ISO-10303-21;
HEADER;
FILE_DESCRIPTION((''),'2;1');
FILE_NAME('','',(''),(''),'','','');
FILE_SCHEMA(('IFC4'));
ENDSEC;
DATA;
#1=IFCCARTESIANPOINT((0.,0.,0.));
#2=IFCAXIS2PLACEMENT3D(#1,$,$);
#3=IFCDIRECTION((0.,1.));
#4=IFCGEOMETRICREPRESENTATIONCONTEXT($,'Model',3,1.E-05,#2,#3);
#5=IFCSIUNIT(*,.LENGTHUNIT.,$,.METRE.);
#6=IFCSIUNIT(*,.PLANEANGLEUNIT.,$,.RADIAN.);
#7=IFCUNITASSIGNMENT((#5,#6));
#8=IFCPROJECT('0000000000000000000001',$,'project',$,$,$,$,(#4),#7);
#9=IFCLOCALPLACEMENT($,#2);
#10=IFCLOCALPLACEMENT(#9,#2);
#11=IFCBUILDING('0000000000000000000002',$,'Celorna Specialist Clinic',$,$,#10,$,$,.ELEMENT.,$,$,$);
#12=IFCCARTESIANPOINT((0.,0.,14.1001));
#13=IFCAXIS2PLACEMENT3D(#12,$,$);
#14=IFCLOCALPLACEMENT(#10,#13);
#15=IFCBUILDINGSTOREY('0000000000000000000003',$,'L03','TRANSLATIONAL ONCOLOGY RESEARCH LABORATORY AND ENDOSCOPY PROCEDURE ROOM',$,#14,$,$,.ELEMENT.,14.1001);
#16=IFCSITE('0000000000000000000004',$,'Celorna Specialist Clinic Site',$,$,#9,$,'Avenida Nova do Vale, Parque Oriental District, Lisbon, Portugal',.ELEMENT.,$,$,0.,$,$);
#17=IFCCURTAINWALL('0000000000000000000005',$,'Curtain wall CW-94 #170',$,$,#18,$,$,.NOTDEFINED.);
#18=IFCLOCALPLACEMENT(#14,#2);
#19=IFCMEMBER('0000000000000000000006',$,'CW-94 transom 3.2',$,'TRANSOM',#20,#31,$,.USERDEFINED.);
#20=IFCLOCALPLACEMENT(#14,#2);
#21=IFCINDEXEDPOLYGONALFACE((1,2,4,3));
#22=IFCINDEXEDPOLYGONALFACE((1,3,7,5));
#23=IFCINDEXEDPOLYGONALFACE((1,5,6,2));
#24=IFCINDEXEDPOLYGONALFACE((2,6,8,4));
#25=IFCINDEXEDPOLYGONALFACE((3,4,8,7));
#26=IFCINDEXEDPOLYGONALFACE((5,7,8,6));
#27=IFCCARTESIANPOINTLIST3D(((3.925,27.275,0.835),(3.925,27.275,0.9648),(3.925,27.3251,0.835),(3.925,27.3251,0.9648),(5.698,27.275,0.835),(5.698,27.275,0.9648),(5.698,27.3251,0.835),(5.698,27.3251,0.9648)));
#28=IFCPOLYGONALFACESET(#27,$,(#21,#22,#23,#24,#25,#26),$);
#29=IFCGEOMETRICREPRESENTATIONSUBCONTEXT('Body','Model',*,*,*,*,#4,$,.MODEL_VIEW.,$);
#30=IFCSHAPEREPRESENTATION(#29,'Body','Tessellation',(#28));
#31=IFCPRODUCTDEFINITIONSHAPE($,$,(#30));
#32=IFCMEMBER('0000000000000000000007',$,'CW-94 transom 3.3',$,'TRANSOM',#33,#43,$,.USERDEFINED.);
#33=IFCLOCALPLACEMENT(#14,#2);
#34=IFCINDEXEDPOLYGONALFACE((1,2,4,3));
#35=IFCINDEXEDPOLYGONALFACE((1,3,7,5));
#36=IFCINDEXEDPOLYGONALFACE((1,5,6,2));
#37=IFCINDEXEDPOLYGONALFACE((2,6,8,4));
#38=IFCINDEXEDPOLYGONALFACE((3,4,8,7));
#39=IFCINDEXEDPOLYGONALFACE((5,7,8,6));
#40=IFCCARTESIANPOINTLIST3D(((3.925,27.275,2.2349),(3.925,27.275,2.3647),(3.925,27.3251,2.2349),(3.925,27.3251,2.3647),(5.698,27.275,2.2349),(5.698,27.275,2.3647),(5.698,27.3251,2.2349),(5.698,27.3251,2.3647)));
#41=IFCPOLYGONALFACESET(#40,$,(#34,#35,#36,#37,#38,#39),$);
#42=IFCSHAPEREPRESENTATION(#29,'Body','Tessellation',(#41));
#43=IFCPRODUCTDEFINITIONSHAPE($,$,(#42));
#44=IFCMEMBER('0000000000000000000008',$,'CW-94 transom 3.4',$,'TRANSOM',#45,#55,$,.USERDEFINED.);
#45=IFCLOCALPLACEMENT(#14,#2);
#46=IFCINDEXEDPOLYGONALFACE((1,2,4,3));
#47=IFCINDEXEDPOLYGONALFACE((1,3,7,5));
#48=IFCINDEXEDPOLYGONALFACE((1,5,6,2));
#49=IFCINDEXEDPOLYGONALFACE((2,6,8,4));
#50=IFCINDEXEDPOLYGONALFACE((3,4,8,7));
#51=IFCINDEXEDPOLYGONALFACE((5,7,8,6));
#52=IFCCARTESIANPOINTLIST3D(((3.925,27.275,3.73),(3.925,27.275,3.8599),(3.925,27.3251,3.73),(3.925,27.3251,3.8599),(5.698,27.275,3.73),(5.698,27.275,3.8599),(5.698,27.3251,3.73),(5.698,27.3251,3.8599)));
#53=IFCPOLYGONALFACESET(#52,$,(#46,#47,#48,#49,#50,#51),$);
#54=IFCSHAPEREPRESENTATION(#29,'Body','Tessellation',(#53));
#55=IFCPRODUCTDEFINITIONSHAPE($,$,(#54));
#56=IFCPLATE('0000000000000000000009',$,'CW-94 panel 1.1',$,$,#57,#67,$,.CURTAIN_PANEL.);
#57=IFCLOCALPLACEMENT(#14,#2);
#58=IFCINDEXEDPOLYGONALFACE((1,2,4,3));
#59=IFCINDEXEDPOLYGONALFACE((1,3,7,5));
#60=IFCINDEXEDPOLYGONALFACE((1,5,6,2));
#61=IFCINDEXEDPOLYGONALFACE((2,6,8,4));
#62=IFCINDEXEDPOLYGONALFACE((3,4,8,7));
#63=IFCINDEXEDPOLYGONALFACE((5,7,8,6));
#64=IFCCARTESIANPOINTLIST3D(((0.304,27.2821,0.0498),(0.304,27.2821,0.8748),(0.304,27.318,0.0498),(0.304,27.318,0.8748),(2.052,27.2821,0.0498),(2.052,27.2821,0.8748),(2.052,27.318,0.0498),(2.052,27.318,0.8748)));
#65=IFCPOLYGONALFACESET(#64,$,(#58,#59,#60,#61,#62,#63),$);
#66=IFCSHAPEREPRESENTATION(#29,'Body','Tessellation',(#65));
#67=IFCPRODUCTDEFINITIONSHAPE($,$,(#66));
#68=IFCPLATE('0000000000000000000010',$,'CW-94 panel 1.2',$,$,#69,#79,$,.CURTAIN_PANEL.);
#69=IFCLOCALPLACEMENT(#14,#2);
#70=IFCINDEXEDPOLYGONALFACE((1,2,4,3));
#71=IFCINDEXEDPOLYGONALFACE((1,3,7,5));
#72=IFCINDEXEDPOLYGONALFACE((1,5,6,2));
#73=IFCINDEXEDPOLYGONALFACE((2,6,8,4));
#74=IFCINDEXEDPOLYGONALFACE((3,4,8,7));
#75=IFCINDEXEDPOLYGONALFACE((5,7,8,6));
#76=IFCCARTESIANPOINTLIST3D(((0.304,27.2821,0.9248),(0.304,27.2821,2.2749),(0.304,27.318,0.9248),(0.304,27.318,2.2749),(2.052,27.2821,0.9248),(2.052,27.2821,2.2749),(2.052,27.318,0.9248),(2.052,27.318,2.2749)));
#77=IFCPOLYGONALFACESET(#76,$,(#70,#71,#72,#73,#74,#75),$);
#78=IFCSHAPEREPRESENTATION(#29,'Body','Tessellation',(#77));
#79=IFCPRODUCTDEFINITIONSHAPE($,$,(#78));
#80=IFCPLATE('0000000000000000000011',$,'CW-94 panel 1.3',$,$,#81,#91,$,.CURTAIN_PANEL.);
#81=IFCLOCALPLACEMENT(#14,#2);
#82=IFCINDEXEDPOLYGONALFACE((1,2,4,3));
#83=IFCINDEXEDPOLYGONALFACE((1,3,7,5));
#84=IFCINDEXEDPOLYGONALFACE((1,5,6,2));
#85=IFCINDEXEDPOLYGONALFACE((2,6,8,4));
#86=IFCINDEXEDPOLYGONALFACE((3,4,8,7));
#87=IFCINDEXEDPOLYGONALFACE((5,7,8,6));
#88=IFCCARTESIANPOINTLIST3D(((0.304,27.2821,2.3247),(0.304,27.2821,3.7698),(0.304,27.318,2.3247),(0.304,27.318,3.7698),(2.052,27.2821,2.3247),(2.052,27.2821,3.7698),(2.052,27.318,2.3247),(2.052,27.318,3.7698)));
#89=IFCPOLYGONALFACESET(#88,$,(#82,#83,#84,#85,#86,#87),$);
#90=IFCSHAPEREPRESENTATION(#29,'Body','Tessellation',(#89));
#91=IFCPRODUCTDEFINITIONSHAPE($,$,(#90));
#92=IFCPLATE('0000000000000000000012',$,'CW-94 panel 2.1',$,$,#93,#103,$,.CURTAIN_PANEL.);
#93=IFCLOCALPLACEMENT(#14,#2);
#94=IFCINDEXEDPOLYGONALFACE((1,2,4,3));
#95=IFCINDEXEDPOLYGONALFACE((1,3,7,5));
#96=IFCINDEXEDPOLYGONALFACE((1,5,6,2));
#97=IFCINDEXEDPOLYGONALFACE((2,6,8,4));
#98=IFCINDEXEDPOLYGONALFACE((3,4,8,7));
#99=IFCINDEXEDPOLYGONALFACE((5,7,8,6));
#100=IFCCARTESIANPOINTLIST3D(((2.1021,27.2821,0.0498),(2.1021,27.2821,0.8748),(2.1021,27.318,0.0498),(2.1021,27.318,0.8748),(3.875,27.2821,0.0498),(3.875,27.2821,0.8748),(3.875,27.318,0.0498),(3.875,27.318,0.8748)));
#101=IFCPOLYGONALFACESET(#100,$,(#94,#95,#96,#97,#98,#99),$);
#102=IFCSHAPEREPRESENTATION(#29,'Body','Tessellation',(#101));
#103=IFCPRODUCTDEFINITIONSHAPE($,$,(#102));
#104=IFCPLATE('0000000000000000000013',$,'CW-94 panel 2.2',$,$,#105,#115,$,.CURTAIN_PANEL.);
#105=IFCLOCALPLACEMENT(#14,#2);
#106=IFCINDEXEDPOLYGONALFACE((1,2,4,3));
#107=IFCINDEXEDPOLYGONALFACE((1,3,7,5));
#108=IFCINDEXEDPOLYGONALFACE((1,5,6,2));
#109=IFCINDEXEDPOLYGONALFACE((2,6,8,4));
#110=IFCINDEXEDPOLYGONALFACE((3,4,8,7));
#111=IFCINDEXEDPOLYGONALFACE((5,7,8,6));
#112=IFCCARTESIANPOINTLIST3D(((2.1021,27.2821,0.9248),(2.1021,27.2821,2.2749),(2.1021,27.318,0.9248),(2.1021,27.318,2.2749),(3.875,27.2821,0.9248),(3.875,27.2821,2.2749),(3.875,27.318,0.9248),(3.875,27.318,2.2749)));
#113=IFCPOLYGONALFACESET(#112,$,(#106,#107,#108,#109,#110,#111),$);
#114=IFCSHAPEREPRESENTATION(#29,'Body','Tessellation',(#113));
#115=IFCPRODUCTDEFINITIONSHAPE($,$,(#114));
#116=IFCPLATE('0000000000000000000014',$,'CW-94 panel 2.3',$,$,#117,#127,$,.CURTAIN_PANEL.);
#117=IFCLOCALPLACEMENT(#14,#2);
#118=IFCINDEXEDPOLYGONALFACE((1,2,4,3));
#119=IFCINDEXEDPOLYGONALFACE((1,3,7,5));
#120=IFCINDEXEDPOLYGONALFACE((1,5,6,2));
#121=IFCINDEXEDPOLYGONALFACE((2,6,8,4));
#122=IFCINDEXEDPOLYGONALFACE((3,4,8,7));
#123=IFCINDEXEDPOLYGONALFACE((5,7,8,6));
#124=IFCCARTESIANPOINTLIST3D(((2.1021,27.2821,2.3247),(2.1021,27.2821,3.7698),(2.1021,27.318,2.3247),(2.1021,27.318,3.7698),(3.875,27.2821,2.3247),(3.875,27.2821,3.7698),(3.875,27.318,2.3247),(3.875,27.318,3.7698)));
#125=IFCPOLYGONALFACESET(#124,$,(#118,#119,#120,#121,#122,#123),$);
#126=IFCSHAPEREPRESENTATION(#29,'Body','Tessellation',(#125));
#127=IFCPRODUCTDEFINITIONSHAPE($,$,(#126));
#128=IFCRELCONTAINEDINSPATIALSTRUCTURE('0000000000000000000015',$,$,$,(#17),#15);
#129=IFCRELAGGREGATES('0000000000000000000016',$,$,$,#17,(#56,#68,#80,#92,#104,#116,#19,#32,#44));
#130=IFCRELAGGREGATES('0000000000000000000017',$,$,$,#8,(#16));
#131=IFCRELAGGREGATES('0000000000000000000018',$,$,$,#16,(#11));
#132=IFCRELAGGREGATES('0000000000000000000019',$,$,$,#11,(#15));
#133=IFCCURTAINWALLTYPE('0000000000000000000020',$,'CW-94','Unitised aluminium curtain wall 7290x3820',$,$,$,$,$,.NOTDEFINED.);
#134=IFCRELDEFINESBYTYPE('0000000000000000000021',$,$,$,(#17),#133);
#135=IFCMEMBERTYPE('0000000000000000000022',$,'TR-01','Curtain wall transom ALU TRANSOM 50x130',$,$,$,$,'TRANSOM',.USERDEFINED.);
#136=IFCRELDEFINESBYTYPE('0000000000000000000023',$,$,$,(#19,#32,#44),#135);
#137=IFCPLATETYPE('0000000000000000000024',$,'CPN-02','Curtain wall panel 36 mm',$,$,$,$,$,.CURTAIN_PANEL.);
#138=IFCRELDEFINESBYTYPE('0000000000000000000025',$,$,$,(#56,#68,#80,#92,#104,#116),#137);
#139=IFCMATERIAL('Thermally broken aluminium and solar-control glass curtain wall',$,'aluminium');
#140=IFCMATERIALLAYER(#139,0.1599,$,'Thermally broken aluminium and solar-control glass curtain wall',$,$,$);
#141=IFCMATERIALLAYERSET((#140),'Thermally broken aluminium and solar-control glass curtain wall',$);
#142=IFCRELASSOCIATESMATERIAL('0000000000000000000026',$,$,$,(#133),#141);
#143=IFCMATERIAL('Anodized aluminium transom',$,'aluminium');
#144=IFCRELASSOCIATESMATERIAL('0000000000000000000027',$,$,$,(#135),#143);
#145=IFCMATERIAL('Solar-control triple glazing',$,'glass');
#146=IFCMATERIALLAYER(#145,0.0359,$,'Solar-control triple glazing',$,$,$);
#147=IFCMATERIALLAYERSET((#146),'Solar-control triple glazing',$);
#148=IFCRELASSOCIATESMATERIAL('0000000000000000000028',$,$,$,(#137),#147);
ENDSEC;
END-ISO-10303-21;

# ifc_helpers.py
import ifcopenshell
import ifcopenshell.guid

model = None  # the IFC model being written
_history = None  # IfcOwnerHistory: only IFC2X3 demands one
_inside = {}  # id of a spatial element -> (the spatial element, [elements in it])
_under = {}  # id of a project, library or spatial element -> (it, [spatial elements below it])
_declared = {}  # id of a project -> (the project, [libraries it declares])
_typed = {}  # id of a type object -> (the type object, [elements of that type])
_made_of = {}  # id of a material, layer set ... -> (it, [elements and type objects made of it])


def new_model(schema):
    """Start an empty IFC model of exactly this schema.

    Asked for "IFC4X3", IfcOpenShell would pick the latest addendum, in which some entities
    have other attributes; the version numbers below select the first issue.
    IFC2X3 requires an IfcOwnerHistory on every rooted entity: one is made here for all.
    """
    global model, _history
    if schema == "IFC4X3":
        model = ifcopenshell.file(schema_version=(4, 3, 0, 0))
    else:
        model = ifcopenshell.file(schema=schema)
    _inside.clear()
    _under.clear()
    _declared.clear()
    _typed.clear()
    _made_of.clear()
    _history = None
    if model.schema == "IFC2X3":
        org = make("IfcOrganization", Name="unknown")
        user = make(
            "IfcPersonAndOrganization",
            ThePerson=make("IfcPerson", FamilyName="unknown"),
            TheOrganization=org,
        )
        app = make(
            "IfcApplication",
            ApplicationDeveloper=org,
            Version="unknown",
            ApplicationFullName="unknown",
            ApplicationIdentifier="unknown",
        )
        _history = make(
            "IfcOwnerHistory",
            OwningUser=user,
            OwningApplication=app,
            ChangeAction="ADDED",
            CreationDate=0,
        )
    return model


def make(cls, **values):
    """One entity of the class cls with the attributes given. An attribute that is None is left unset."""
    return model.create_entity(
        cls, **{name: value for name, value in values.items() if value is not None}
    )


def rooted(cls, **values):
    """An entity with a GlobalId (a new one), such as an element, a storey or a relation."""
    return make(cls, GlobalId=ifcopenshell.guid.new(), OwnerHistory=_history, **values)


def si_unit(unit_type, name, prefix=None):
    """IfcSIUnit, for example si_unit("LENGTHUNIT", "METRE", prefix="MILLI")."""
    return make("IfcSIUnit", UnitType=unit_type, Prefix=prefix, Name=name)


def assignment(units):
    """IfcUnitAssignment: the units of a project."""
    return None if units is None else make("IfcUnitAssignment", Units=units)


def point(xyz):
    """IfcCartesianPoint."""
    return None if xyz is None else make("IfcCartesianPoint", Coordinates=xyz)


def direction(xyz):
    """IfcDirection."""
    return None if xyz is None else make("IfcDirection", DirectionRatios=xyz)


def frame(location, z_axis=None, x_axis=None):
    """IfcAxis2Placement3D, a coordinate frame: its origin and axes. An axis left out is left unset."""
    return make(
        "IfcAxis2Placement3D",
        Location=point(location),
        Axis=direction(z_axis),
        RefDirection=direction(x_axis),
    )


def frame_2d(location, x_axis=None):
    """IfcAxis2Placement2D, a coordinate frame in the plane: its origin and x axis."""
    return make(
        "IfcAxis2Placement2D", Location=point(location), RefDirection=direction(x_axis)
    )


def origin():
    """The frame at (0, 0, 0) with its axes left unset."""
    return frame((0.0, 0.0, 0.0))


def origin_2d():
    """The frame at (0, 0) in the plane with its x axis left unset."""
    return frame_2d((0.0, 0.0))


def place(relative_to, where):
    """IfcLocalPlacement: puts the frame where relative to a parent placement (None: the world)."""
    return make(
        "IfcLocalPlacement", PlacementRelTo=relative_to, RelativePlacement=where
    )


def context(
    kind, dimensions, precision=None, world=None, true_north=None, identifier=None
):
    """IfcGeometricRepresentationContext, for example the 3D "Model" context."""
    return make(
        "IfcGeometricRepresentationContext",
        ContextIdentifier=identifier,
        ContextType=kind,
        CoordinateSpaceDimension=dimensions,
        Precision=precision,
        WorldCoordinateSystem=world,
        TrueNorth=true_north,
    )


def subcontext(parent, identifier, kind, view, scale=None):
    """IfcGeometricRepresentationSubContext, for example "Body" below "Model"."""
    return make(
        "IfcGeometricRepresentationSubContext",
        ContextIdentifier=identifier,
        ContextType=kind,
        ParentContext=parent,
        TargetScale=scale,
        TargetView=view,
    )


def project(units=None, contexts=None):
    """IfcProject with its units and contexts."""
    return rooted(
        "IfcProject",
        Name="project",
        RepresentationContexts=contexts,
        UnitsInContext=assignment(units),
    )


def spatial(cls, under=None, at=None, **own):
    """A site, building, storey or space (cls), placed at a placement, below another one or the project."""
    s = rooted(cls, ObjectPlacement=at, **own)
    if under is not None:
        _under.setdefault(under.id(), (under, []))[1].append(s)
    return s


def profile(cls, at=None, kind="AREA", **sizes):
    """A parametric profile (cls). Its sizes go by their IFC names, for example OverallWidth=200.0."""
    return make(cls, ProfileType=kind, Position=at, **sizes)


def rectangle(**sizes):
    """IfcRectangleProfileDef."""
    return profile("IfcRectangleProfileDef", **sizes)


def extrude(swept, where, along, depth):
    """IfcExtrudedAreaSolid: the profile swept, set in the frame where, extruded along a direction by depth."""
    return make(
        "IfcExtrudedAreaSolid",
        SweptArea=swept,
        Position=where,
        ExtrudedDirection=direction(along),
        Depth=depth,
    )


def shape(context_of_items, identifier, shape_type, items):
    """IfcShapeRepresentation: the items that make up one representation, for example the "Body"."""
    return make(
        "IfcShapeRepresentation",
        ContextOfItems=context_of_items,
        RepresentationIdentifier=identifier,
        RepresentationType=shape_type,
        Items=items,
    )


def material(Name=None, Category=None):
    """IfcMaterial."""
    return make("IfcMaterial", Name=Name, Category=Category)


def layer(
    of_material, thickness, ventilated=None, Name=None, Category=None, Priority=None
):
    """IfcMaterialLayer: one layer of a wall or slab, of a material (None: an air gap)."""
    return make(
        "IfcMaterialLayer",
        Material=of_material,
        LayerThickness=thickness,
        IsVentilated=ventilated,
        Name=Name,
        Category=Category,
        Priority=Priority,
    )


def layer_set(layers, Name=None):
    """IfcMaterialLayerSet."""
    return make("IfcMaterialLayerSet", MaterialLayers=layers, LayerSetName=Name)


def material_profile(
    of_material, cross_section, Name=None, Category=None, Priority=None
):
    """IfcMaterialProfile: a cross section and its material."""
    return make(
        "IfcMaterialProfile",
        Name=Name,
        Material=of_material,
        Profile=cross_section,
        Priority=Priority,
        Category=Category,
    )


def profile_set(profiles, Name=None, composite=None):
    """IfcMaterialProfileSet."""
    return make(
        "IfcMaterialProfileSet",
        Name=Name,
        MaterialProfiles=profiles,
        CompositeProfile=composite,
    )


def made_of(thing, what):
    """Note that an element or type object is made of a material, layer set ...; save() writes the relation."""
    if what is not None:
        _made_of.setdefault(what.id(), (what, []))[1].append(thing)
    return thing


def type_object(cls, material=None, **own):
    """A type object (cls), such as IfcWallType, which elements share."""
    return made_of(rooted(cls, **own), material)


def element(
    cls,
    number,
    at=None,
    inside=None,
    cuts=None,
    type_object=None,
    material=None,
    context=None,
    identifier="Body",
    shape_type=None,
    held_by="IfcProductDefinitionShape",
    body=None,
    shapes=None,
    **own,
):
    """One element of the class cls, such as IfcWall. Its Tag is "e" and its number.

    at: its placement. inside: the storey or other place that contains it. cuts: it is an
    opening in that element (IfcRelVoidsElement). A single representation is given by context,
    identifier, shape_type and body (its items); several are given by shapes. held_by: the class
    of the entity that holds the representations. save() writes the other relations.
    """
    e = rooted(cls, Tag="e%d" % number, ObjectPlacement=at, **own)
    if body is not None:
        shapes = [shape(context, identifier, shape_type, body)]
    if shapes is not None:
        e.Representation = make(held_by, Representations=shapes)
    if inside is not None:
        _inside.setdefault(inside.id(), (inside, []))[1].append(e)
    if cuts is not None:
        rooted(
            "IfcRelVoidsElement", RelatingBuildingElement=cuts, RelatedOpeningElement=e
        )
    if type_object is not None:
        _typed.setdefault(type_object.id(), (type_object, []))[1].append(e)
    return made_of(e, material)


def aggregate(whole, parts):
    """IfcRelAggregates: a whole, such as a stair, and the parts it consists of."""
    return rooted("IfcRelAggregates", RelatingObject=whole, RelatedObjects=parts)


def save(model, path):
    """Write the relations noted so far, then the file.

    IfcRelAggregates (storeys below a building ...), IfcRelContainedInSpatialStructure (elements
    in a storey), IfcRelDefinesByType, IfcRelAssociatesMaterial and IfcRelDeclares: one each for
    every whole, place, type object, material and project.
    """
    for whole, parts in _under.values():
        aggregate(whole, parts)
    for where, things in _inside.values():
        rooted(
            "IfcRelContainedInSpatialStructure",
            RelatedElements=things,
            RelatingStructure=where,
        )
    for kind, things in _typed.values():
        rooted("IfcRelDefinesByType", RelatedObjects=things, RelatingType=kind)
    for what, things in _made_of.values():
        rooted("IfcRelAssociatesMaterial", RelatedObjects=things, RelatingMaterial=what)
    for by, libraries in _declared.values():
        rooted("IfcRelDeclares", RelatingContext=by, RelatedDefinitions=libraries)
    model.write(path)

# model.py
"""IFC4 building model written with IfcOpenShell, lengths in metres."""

from ifc_helpers import new_model, si_unit, direction, frame, origin, origin_2d, place, context, subcontext, project, spatial, rectangle, extrude, material, layer, layer_set, material_profile, profile_set, type_object, element, aggregate, save


model = new_model("IFC4")

# Units and contexts
model_context = context("Model", 3, precision=1e-05, world=origin(), true_north=direction((0.0, 1.0)))
body_context = subcontext(model_context, "Body", "Model", "MODEL_VIEW")
ifc_project = project(units=[si_unit("LENGTHUNIT", "METRE"), si_unit("PLANEANGLEUNIT", "RADIAN")], contexts=[model_context])

# Site, building, storey
site_placement = place(None, origin())
site = spatial("IfcSite", under=ifc_project, at=site_placement, Name="Celorna Specialist Clinic Site", LongName="Avenida Nova do Vale, Parque Oriental District, Lisbon, Portugal", CompositionType="ELEMENT", RefElevation=0.0)
building_placement = place(site_placement, origin())
building = spatial("IfcBuilding", under=site, at=building_placement, Name="Celorna Specialist Clinic", CompositionType="ELEMENT")
storey_placement = place(building_placement, frame((0.0, 0.0, 14.1001)))
storey = spatial("IfcBuildingStorey", under=building, at=storey_placement, Name="L03", Description="TRANSLATIONAL ONCOLOGY RESEARCH LABORATORY AND ENDOSCOPY PROCEDURE ROOM", CompositionType="ELEMENT", Elevation=14.1001)

# Curtain wall, members, plates
ifc_material_1 = material(Name="Thermally broken aluminium and solar-control glass curtain wall", Category="aluminium")
ifc_layer_1 = layer(ifc_material_1, 0.1599, Name="Thermally broken aluminium and solar-control glass curtain wall")
ifc_layer_set_1 = layer_set([ifc_layer_1], Name="Thermally broken aluminium and solar-control glass curtain wall")
curtain_wall_type = type_object("IfcCurtainWallType", Name="CW-94", Description="Unitised aluminium curtain wall 7290x3820", PredefinedType="NOTDEFINED", material=ifc_layer_set_1)
curtain_wall_placement = place(storey_placement, origin())
curtain_wall = element("IfcCurtainWall", 1, at=curtain_wall_placement, inside=storey, type_object=curtain_wall_type, Name="Curtain wall CW-94 #170", PredefinedType="NOTDEFINED")
ifc_material_2 = material(Name="Anodized aluminium transom", Category="aluminium")
ifc_material_profile_1 = material_profile(ifc_material_2, rectangle(XDim=0.05, YDim=0.1299, at=origin_2d()), Name="ALU TRANSOM 50x130")
ifc_profile_set_1 = profile_set([ifc_material_profile_1], Name="Anodized aluminium transom")
member_type_1 = type_object("IfcMemberType", Name="TR-01", Description="Curtain wall transom ALU TRANSOM 50x130", ElementType="TRANSOM", PredefinedType="USERDEFINED", material=ifc_profile_set_1)
member_1_placement = place(storey_placement, frame((3.925, 27.3, 0.8999), z_axis=(1.0, 0.0, 0.0), x_axis=(0.0, 1.0, 0.0)))
member_1 = element("IfcMember", 2, at=member_1_placement, type_object=member_type_1, Name="CW-94 transom 3.2", ObjectType="TRANSOM", PredefinedType="USERDEFINED", context=body_context, shape_type="SweptSolid", body=[
    extrude(rectangle(XDim=0.05, YDim=0.1299, at=origin_2d()), origin(), (0.0, 0.0, 1.0), 1.7729),
])
member_2_placement = place(storey_placement, frame((3.925, 27.3, 2.2998), z_axis=(1.0, 0.0, 0.0), x_axis=(0.0, 1.0, 0.0)))
member_2 = element("IfcMember", 3, at=member_2_placement, type_object=member_type_1, Name="CW-94 transom 3.3", ObjectType="TRANSOM", PredefinedType="USERDEFINED", context=body_context, shape_type="SweptSolid", body=[
    extrude(rectangle(XDim=0.05, YDim=0.1299, at=origin_2d()), origin(), (0.0, 0.0, 1.0), 1.7729),
])
member_3_placement = place(storey_placement, frame((3.925, 27.3, 3.7949), z_axis=(1.0, 0.0, 0.0), x_axis=(0.0, 1.0, 0.0)))
member_3 = element("IfcMember", 4, at=member_3_placement, type_object=member_type_1, Name="CW-94 transom 3.4", ObjectType="TRANSOM", PredefinedType="USERDEFINED", context=body_context, shape_type="SweptSolid", body=[
    extrude(rectangle(XDim=0.05, YDim=0.1299, at=origin_2d()), origin(), (0.0, 0.0, 1.0), 1.7729),
])
ifc_material_3 = material(Name="Solar-control triple glazing", Category="glass")
ifc_layer_2 = layer(ifc_material_3, 0.0359, Name="Solar-control triple glazing")
ifc_layer_set_2 = layer_set([ifc_layer_2], Name="Solar-control triple glazing")
plate_type = type_object("IfcPlateType", Name="CPN-02", Description="Curtain wall panel 36 mm", PredefinedType="CURTAIN_PANEL", material=ifc_layer_set_2)
plate_1_placement = place(storey_placement, frame((1.178, 27.3, 0.0498), z_axis=(0.0, 0.0, 1.0), x_axis=(1.0, 0.0, 0.0)))
plate_1 = element("IfcPlate", 5, at=plate_1_placement, type_object=plate_type, Name="CW-94 panel 1.1", PredefinedType="CURTAIN_PANEL", context=body_context, shape_type="SweptSolid", body=[
    extrude(rectangle(XDim=1.748, YDim=0.0359, at=origin_2d()), origin(), (0.0, 0.0, 1.0), 0.825),
])
plate_2_placement = place(storey_placement, frame((1.178, 27.3, 0.9248), z_axis=(0.0, 0.0, 1.0), x_axis=(1.0, 0.0, 0.0)))
plate_2 = element("IfcPlate", 6, at=plate_2_placement, type_object=plate_type, Name="CW-94 panel 1.2", PredefinedType="CURTAIN_PANEL", context=body_context, shape_type="SweptSolid", body=[
    extrude(rectangle(XDim=1.748, YDim=0.0359, at=origin_2d()), origin(), (0.0, 0.0, 1.0), 1.3501),
])
plate_3_placement = place(storey_placement, frame((1.178, 27.3, 2.3247), z_axis=(0.0, 0.0, 1.0), x_axis=(1.0, 0.0, 0.0)))
plate_3 = element("IfcPlate", 7, at=plate_3_placement, type_object=plate_type, Name="CW-94 panel 1.3", PredefinedType="CURTAIN_PANEL", context=body_context, shape_type="SweptSolid", body=[
    extrude(rectangle(XDim=1.748, YDim=0.0359, at=origin_2d()), origin(), (0.0, 0.0, 1.0), 1.4451),
])
plate_4_placement = place(storey_placement, frame((2.9885, 27.3, 0.0498), z_axis=(0.0, 0.0, 1.0), x_axis=(1.0, 0.0, 0.0)))
plate_4 = element("IfcPlate", 8, at=plate_4_placement, type_object=plate_type, Name="CW-94 panel 2.1", PredefinedType="CURTAIN_PANEL", context=body_context, shape_type="SweptSolid", body=[
    extrude(rectangle(XDim=1.7729, YDim=0.0359, at=origin_2d()), origin(), (0.0, 0.0, 1.0), 0.825),
])
plate_5_placement = place(storey_placement, frame((2.9885, 27.3, 0.9248), z_axis=(0.0, 0.0, 1.0), x_axis=(1.0, 0.0, 0.0)))
plate_5 = element("IfcPlate", 9, at=plate_5_placement, type_object=plate_type, Name="CW-94 panel 2.2", PredefinedType="CURTAIN_PANEL", context=body_context, shape_type="SweptSolid", body=[
    extrude(rectangle(XDim=1.7729, YDim=0.0359, at=origin_2d()), origin(), (0.0, 0.0, 1.0), 1.3501),
])
plate_6_placement = place(storey_placement, frame((2.9885, 27.3, 2.3247), z_axis=(0.0, 0.0, 1.0), x_axis=(1.0, 0.0, 0.0)))
plate_6 = element("IfcPlate", 10, at=plate_6_placement, type_object=plate_type, Name="CW-94 panel 2.3", PredefinedType="CURTAIN_PANEL", context=body_context, shape_type="SweptSolid", body=[
    extrude(rectangle(XDim=1.7729, YDim=0.0359, at=origin_2d()), origin(), (0.0, 0.0, 1.0), 1.4451),
])
aggregate(curtain_wall, [plate_1, plate_2, plate_3, plate_4, plate_5, plate_6, member_1, member_2, member_3])

save(model, "model.ifc")
